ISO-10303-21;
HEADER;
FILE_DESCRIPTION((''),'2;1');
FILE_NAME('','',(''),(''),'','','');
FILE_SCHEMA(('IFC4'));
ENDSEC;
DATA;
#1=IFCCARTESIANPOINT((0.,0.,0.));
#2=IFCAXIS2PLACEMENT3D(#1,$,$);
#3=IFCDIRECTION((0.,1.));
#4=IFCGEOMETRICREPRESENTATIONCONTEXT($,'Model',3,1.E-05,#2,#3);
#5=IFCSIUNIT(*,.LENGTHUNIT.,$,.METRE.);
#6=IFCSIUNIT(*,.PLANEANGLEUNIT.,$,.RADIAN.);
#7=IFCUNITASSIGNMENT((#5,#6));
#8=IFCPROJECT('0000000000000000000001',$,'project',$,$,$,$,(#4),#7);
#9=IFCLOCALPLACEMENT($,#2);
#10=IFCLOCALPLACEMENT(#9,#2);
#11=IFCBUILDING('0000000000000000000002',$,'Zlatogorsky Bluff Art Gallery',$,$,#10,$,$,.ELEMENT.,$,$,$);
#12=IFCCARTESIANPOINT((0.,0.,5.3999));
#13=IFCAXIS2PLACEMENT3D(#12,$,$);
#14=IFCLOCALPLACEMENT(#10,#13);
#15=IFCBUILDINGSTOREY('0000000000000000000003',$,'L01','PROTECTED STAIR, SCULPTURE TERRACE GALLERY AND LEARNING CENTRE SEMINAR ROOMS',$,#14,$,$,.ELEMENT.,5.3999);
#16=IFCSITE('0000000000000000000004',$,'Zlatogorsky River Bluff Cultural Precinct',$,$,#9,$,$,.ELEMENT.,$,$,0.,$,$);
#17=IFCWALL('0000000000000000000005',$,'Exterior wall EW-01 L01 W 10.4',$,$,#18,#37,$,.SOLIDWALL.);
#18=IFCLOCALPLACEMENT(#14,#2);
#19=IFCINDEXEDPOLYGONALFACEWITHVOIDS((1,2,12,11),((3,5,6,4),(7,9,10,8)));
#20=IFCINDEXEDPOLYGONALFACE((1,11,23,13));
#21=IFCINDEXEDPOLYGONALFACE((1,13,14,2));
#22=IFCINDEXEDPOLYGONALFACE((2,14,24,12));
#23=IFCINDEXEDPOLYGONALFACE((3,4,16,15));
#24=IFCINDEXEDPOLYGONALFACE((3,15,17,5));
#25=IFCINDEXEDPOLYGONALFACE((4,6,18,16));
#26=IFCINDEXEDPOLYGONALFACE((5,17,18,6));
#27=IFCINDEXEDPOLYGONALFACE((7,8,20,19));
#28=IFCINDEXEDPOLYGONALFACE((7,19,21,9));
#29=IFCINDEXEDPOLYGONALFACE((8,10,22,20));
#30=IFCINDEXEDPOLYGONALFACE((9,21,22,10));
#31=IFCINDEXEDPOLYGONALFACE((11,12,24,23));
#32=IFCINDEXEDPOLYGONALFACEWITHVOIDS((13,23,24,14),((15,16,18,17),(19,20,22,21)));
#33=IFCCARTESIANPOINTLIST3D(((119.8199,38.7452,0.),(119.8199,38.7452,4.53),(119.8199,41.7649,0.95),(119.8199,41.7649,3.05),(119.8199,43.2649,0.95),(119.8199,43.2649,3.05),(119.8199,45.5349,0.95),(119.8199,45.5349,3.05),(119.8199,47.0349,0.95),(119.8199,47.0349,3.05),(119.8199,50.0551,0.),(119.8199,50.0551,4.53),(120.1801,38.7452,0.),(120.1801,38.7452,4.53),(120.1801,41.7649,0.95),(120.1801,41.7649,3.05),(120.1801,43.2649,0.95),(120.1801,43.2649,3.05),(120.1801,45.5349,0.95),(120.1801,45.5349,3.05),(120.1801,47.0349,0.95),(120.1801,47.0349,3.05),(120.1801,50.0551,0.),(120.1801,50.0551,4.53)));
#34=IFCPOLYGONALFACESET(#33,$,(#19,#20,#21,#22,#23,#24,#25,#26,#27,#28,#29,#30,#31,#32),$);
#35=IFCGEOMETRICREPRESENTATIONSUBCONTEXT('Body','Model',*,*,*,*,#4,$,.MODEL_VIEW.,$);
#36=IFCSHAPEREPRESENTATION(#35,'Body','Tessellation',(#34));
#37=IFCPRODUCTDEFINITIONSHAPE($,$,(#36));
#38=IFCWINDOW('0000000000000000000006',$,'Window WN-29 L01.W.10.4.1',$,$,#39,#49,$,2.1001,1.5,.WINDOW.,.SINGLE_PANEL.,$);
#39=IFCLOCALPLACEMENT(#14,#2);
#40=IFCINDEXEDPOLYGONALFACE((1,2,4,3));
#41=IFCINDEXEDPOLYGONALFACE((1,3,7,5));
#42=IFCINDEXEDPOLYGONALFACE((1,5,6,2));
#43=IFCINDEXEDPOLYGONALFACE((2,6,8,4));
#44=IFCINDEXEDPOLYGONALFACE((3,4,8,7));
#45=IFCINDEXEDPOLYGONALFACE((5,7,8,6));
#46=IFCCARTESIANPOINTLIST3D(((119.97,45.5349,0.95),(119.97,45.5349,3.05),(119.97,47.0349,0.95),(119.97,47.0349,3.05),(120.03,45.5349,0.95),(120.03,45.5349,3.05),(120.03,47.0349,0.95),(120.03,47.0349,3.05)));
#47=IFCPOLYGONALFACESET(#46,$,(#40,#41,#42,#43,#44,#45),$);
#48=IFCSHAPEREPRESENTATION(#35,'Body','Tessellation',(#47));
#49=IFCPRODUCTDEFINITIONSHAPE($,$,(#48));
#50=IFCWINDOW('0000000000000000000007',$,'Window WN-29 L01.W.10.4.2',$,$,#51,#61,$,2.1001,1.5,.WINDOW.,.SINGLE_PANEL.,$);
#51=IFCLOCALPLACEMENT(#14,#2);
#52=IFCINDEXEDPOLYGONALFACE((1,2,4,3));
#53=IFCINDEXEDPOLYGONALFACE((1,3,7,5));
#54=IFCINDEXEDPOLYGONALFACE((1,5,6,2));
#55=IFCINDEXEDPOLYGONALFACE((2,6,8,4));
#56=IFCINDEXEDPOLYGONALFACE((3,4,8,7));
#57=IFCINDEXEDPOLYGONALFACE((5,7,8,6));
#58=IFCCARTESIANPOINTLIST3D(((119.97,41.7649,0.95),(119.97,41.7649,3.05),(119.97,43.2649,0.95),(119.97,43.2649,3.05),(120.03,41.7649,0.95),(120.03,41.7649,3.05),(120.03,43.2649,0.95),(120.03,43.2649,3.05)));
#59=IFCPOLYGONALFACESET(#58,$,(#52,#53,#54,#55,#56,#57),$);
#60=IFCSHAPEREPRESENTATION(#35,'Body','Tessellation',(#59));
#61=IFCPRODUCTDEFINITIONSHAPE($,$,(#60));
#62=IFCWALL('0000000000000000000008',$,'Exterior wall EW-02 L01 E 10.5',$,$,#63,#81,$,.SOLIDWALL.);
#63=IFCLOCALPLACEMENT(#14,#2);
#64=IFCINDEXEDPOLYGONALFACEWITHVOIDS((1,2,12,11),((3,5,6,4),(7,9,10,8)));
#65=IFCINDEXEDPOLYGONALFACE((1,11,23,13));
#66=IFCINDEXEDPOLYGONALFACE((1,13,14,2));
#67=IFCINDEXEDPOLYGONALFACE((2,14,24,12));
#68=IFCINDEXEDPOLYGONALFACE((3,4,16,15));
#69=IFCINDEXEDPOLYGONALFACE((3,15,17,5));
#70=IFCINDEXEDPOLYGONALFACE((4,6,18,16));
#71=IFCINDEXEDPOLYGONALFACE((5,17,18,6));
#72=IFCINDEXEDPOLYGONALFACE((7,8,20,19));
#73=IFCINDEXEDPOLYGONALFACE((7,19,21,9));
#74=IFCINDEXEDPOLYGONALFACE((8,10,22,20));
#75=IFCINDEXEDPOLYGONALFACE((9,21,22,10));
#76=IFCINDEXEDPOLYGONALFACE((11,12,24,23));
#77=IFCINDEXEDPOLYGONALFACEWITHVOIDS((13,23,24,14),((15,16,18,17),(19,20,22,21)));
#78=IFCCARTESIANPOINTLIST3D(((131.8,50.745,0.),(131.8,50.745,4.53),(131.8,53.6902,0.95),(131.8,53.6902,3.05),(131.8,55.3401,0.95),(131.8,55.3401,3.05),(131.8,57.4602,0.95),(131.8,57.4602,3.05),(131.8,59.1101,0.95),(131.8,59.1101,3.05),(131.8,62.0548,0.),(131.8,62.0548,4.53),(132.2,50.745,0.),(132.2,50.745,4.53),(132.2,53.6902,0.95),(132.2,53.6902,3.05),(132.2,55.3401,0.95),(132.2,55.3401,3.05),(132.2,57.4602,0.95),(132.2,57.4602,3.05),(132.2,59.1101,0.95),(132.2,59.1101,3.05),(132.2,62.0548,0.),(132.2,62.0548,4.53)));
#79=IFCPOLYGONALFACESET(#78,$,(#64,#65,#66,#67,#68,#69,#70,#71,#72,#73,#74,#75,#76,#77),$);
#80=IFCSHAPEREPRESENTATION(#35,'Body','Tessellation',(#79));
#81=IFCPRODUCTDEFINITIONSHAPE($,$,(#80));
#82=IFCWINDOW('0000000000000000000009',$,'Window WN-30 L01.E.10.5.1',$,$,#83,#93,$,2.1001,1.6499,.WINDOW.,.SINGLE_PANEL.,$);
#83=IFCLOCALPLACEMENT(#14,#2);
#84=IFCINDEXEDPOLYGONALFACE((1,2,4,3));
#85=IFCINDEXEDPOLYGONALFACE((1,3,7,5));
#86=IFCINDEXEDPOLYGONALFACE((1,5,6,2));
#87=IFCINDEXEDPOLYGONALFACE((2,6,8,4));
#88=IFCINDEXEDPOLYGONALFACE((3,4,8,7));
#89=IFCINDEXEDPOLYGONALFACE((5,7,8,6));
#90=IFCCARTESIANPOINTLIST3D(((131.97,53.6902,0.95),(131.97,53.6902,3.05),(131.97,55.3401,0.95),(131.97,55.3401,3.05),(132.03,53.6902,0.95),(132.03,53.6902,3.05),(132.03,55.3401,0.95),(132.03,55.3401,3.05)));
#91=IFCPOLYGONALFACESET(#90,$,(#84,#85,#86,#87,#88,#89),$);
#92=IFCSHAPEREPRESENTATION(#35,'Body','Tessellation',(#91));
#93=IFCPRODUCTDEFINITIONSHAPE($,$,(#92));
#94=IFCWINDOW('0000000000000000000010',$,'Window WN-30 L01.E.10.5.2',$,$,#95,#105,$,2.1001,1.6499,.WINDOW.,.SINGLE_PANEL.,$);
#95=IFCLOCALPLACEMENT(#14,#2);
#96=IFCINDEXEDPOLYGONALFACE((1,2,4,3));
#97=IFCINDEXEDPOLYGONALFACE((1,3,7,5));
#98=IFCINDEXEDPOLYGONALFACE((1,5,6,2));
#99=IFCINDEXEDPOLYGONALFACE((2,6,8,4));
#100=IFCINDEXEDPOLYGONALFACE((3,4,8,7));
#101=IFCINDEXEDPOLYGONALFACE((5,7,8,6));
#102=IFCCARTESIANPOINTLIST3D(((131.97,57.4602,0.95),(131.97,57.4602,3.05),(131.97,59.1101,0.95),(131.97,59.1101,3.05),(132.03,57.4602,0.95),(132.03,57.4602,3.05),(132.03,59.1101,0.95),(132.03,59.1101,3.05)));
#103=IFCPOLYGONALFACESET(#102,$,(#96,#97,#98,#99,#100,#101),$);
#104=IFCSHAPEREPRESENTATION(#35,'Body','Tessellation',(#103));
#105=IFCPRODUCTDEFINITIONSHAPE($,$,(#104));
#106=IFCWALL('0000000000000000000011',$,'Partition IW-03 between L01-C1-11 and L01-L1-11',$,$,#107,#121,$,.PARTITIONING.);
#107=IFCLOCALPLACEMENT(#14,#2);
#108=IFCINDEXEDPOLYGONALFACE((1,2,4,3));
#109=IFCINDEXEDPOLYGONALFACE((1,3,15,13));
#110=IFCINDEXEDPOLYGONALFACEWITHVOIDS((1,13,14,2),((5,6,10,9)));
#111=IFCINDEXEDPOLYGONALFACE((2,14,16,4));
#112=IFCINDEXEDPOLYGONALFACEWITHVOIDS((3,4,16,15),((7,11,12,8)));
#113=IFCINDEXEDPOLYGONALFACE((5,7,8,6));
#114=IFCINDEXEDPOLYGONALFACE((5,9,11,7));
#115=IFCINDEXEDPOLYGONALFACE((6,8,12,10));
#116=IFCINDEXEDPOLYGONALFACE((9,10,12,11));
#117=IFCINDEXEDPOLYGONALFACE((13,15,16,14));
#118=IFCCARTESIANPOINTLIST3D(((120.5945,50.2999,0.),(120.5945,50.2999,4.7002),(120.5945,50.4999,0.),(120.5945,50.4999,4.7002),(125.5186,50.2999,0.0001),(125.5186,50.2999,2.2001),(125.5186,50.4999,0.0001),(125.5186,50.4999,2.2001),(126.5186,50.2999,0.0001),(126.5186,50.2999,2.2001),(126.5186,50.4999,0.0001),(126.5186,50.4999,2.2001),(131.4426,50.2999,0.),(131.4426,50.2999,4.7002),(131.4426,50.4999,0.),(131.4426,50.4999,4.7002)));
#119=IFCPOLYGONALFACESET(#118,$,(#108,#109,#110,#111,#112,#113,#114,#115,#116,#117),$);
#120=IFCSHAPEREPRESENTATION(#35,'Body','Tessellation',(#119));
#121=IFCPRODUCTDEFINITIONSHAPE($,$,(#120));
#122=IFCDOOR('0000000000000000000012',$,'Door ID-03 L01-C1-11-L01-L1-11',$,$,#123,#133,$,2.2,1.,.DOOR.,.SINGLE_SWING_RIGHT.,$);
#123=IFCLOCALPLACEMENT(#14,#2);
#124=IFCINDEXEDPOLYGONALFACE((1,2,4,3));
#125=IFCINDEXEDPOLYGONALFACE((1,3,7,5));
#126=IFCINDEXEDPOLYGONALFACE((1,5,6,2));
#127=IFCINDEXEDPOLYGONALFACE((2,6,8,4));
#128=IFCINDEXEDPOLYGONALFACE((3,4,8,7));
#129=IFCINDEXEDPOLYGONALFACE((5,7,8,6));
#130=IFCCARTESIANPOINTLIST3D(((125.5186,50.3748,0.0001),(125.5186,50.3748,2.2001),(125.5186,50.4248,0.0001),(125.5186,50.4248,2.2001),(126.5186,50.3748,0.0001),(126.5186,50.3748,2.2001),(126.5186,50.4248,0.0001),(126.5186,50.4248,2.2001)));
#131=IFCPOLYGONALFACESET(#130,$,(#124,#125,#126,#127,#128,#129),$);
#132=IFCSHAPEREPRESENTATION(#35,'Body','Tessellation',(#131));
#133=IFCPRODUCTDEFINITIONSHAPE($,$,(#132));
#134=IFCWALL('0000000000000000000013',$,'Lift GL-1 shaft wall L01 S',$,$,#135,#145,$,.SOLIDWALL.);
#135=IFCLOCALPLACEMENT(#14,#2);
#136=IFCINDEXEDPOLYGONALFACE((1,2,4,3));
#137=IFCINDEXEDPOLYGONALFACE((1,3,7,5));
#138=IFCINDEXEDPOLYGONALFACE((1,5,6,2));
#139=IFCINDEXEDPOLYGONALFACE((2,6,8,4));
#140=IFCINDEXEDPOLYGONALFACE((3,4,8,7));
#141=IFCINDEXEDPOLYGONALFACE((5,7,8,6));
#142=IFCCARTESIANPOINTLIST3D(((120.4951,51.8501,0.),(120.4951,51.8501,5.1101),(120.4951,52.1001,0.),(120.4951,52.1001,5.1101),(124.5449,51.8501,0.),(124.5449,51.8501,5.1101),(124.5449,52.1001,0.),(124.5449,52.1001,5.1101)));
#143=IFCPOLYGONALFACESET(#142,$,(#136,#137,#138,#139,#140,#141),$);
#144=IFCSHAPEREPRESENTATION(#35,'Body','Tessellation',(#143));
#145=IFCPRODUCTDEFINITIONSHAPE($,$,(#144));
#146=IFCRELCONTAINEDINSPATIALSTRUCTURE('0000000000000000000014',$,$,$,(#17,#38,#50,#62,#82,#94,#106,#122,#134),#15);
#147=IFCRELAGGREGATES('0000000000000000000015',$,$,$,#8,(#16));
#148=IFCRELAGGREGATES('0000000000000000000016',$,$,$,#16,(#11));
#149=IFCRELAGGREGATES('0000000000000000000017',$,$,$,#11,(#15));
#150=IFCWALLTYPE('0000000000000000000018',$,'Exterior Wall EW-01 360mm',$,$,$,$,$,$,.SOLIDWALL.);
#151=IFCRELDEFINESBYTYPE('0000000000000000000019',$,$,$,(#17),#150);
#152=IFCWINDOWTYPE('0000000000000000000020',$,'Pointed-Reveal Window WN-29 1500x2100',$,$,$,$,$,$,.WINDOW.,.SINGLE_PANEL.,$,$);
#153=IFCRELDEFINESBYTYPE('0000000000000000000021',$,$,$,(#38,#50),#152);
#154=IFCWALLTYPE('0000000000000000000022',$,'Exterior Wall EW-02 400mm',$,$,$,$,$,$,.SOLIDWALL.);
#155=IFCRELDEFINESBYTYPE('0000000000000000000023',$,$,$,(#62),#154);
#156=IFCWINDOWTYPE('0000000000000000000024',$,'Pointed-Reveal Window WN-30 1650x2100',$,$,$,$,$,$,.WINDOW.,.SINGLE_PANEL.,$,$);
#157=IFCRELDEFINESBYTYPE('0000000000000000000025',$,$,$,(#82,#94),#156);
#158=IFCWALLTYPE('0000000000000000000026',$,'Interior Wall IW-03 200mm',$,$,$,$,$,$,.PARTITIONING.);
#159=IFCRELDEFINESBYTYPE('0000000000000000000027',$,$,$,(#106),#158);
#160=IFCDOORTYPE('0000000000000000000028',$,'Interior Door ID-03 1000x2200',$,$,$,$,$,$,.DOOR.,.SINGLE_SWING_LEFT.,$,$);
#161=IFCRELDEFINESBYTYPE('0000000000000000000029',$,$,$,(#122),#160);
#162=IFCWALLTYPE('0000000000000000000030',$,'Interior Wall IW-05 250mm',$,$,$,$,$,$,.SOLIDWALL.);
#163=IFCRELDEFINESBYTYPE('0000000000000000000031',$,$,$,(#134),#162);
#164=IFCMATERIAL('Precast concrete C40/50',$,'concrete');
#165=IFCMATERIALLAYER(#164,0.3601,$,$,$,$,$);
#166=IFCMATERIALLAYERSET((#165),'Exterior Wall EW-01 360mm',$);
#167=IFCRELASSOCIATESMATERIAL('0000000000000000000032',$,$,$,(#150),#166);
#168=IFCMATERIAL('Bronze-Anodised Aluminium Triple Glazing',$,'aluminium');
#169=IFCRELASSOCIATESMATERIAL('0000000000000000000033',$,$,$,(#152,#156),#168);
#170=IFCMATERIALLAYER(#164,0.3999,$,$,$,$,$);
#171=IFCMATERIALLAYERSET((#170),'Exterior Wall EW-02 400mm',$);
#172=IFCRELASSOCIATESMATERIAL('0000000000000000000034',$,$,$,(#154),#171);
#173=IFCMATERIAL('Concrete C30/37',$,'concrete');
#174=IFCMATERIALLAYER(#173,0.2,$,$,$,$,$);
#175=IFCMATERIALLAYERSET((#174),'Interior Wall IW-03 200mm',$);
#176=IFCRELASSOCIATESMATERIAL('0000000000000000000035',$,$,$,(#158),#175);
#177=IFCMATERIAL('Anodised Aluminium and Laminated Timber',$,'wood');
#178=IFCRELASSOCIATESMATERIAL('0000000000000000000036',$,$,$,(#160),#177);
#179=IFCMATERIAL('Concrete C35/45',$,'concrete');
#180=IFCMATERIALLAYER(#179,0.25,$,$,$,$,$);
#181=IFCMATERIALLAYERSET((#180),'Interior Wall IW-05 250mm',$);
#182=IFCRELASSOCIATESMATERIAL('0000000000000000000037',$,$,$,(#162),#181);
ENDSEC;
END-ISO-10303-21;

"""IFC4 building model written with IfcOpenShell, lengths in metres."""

from ifc_helpers import new_model, si_unit, direction, frame, frame_2d, origin, place, context, subcontext, project, spatial, rectangle, extrude, material, layer, layer_set, type_object, element, fill, save


model = new_model("IFC4")

# Units and contexts
model_context = context("Model", 3, precision=1e-05, world=origin(), true_north=direction((0.0, 1.0)))
body_context = subcontext(model_context, "Body", "Model", "MODEL_VIEW")
ifc_project = project(units=[si_unit("LENGTHUNIT", "METRE"), si_unit("PLANEANGLEUNIT", "RADIAN")], contexts=[model_context])

# Site, building, storey
site_placement = place(None, origin())
site = spatial("IfcSite", under=ifc_project, at=site_placement, Name="Zlatogorsky River Bluff Cultural Precinct", CompositionType="ELEMENT", RefElevation=0.0)
building_placement = place(site_placement, origin())
building = spatial("IfcBuilding", under=site, at=building_placement, Name="Zlatogorsky Bluff Art Gallery", CompositionType="ELEMENT")
storey_placement = place(building_placement, frame((0.0, 0.0, 5.3999)))
storey = spatial("IfcBuildingStorey", under=building, at=storey_placement, Name="L01", Description="PROTECTED STAIR, SCULPTURE TERRACE GALLERY AND LEARNING CENTRE SEMINAR ROOMS", CompositionType="ELEMENT", Elevation=5.3999)

# Shared definitions
ifc_material_1 = material(Name="Concrete C35/45", Category="concrete")

# Walls, openings, windows
ifc_material_2 = material(Name="Precast concrete C40/50", Category="concrete")
ifc_layer_1 = layer(ifc_material_2, 0.3601)
ifc_layer_set_1 = layer_set([ifc_layer_1], Name="Exterior Wall EW-01 360mm")
wall_type_1 = type_object("IfcWallType", Name="Exterior Wall EW-01 360mm", PredefinedType="SOLIDWALL", material=ifc_layer_set_1)
wall_1_placement = place(storey_placement, frame((120.0, 50.0549, 0.0), z_axis=(0.0, 0.0, 1.0), x_axis=(0.0, -1.0, 0.0)))
wall_1 = element("IfcWall", 1, at=wall_1_placement, inside=storey, type_object=wall_type_1, Name="Exterior wall EW-01 L01 W 10.4", PredefinedType="SOLIDWALL", context=body_context, shape_type="SweptSolid", body=[
    extrude(rectangle(XDim=11.3098, YDim=0.3601, at=frame_2d((5.6548, 0.0))), origin(), (0.0, 0.0, 1.0), 4.53),
])
opening_1_placement = place(wall_1_placement, frame((3.02, 0.0, 0.95)))
opening_1 = element("IfcOpeningElement", 2, at=opening_1_placement, cuts=wall_1, PredefinedType="OPENING", context=body_context, shape_type="SweptSolid", body=[
    extrude(rectangle(XDim=1.5, YDim=2.1001, at=frame_2d((0.75, 1.05))), frame((0.0, 0.1899, 0.0), z_axis=(0.0, -1.0, 0.0), x_axis=(1.0, 0.0, 0.0)), (0.0, 0.0, 1.0), 0.3801),
])
opening_2_placement = place(wall_1_placement, frame((6.79, 0.0, 0.95)))
opening_2 = element("IfcOpeningElement", 3, at=opening_2_placement, cuts=wall_1, PredefinedType="OPENING", context=body_context, shape_type="SweptSolid", body=[
    extrude(rectangle(XDim=1.5, YDim=2.1001, at=frame_2d((0.75, 1.05))), frame((0.0, 0.1899, 0.0), z_axis=(0.0, -1.0, 0.0), x_axis=(1.0, 0.0, 0.0)), (0.0, 0.0, 1.0), 0.3801),
])
ifc_material_3 = material(Name="Bronze-Anodised Aluminium Triple Glazing", Category="aluminium")
window_type_1 = type_object("IfcWindowType", Name="Pointed-Reveal Window WN-29 1500x2100", PartitioningType="SINGLE_PANEL", PredefinedType="WINDOW", material=ifc_material_3)
window_1_placement = place(opening_1_placement, origin())
window_1 = element("IfcWindow", 4, at=window_1_placement, inside=storey, type_object=window_type_1, Name="Window WN-29 L01.W.10.4.1", OverallHeight=2.1001, OverallWidth=1.5, PartitioningType="SINGLE_PANEL", PredefinedType="WINDOW", context=body_context, shape_type="SweptSolid", body=[
    extrude(rectangle(XDim=1.5, YDim=2.1001, at=frame_2d((0.75, 1.05))), frame((0.0, 0.03, 0.0), z_axis=(0.0, -1.0, 0.0), x_axis=(1.0, 0.0, 0.0)), (0.0, 0.0, 1.0), 0.0601),
])
fill(opening_1, window_1)
window_2_placement = place(opening_2_placement, origin())
window_2 = element("IfcWindow", 5, at=window_2_placement, inside=storey, type_object=window_type_1, Name="Window WN-29 L01.W.10.4.2", OverallHeight=2.1001, OverallWidth=1.5, PartitioningType="SINGLE_PANEL", PredefinedType="WINDOW", context=body_context, shape_type="SweptSolid", body=[
    extrude(rectangle(XDim=1.5, YDim=2.1001, at=frame_2d((0.75, 1.05))), frame((0.0, 0.03, 0.0), z_axis=(0.0, -1.0, 0.0), x_axis=(1.0, 0.0, 0.0)), (0.0, 0.0, 1.0), 0.0601),
])
fill(opening_2, window_2)
ifc_layer_2 = layer(ifc_material_2, 0.3999)
ifc_layer_set_2 = layer_set([ifc_layer_2], Name="Exterior Wall EW-02 400mm")
wall_type_2 = type_object("IfcWallType", Name="Exterior Wall EW-02 400mm", PredefinedType="SOLIDWALL", material=ifc_layer_set_2)
wall_2_placement = place(storey_placement, frame((132.0, 50.7451, 0.0), z_axis=(0.0, 0.0, 1.0), x_axis=(0.0, 1.0, 0.0)))
wall_2 = element("IfcWall", 6, at=wall_2_placement, inside=storey, type_object=wall_type_2, Name="Exterior wall EW-02 L01 E 10.5", PredefinedType="SOLIDWALL", context=body_context, shape_type="SweptSolid", body=[
    extrude(rectangle(XDim=11.3098, YDim=0.3999, at=frame_2d((5.6548, 0.0))), origin(), (0.0, 0.0, 1.0), 4.53),
])
opening_3_placement = place(wall_2_placement, frame((2.9451, 0.0, 0.95)))
opening_3 = element("IfcOpeningElement", 7, at=opening_3_placement, cuts=wall_2, PredefinedType="OPENING", context=body_context, shape_type="SweptSolid", body=[
    extrude(rectangle(XDim=1.6499, YDim=2.1001, at=frame_2d((0.825, 1.05))), frame((0.0, 0.21, 0.0), z_axis=(0.0, -1.0, 0.0), x_axis=(1.0, 0.0, 0.0)), (0.0, 0.0, 1.0), 0.4199),
])
opening_4_placement = place(wall_2_placement, frame((6.7151, 0.0, 0.95)))
opening_4 = element("IfcOpeningElement", 8, at=opening_4_placement, cuts=wall_2, PredefinedType="OPENING", context=body_context, shape_type="SweptSolid", body=[
    extrude(rectangle(XDim=1.6499, YDim=2.1001, at=frame_2d((0.825, 1.05))), frame((0.0, 0.21, 0.0), z_axis=(0.0, -1.0, 0.0), x_axis=(1.0, 0.0, 0.0)), (0.0, 0.0, 1.0), 0.4199),
])
window_type_2 = type_object("IfcWindowType", Name="Pointed-Reveal Window WN-30 1650x2100", PartitioningType="SINGLE_PANEL", PredefinedType="WINDOW", material=ifc_material_3)
window_3_placement = place(opening_3_placement, origin())
window_3 = element("IfcWindow", 9, at=window_3_placement, inside=storey, type_object=window_type_2, Name="Window WN-30 L01.E.10.5.1", OverallHeight=2.1001, OverallWidth=1.6499, PartitioningType="SINGLE_PANEL", PredefinedType="WINDOW", context=body_context, shape_type="SweptSolid", body=[
    extrude(rectangle(XDim=1.6499, YDim=2.1001, at=frame_2d((0.825, 1.05))), frame((0.0, 0.03, 0.0), z_axis=(0.0, -1.0, 0.0), x_axis=(1.0, 0.0, 0.0)), (0.0, 0.0, 1.0), 0.0601),
])
fill(opening_3, window_3)
window_4_placement = place(opening_4_placement, origin())
window_4 = element("IfcWindow", 10, at=window_4_placement, inside=storey, type_object=window_type_2, Name="Window WN-30 L01.E.10.5.2", OverallHeight=2.1001, OverallWidth=1.6499, PartitioningType="SINGLE_PANEL", PredefinedType="WINDOW", context=body_context, shape_type="SweptSolid", body=[
    extrude(rectangle(XDim=1.6499, YDim=2.1001, at=frame_2d((0.825, 1.05))), frame((0.0, 0.03, 0.0), z_axis=(0.0, -1.0, 0.0), x_axis=(1.0, 0.0, 0.0)), (0.0, 0.0, 1.0), 0.0601),
])
fill(opening_4, window_4)

# Wall, opening, door
ifc_material_4 = material(Name="Concrete C30/37", Category="concrete")
ifc_layer_3 = layer(ifc_material_4, 0.2)
ifc_layer_set_3 = layer_set([ifc_layer_3], Name="Interior Wall IW-03 200mm")
wall_type_3 = type_object("IfcWallType", Name="Interior Wall IW-03 200mm", PredefinedType="PARTITIONING", material=ifc_layer_set_3)
wall_3_placement = place(storey_placement, frame((120.5945, 50.3999, 0.0), z_axis=(0.0, 0.0, 1.0), x_axis=(1.0, 0.0, 0.0)))
wall_3 = element("IfcWall", 11, at=wall_3_placement, inside=storey, type_object=wall_type_3, Name="Partition IW-03 between L01-C1-11 and L01-L1-11", PredefinedType="PARTITIONING", context=body_context, shape_type="SweptSolid", body=[
    extrude(rectangle(XDim=10.8481, YDim=0.2, at=frame_2d((5.4241, 0.0))), origin(), (0.0, 0.0, 1.0), 4.7002),
])
opening_5_placement = place(wall_3_placement, frame((4.9241, 0.0, 0.0)))
opening_5 = element("IfcOpeningElement", 12, at=opening_5_placement, cuts=wall_3, PredefinedType="OPENING", context=body_context, shape_type="SweptSolid", body=[
    extrude(rectangle(XDim=1.0, YDim=2.2, at=frame_2d((0.5, 1.1001))), frame((0.0, 0.1099, 0.0), z_axis=(0.0, -1.0, 0.0), x_axis=(1.0, 0.0, 0.0)), (0.0, 0.0, 1.0), 0.22),
])
ifc_material_5 = material(Name="Anodised Aluminium and Laminated Timber", Category="wood")
door_type_1 = type_object("IfcDoorType", Name="Interior Door ID-03 1000x2200", OperationType="SINGLE_SWING_LEFT", PredefinedType="DOOR", material=ifc_material_5)
door_1_placement = place(opening_5_placement, origin())
door_1 = element("IfcDoor", 13, at=door_1_placement, inside=storey, type_object=door_type_1, Name="Door ID-03 L01-C1-11-L01-L1-11", OperationType="SINGLE_SWING_RIGHT", OverallHeight=2.2, OverallWidth=1.0, PredefinedType="DOOR", context=body_context, shape_type="SweptSolid", body=[
    extrude(rectangle(XDim=1.0, YDim=2.2, at=frame_2d((0.5, 1.1001))), frame((0.0, 0.0249, 0.0), z_axis=(0.0, -1.0, 0.0), x_axis=(1.0, 0.0, 0.0)), (0.0, 0.0, 1.0), 0.05),
])
fill(opening_5, door_1)

# Wall
ifc_layer_4 = layer(ifc_material_1, 0.25)
ifc_layer_set_4 = layer_set([ifc_layer_4], Name="Interior Wall IW-05 250mm")
wall_type_4 = type_object("IfcWallType", Name="Interior Wall IW-05 250mm", PredefinedType="SOLIDWALL", material=ifc_layer_set_4)
wall_4_placement = place(storey_placement, frame((120.4951, 51.9751, 0.0), z_axis=(0.0, 0.0, 1.0), x_axis=(1.0, 0.0, 0.0)))
element("IfcWall", 14, at=wall_4_placement, inside=storey, type_object=wall_type_4, Name="Lift GL-1 shaft wall L01 S", PredefinedType="SOLIDWALL", context=body_context, shape_type="SweptSolid", body=[
    extrude(rectangle(XDim=4.0498, YDim=0.25, at=frame_2d((2.0249, 0.0))), origin(), (0.0, 0.0, 1.0), 5.1101),
])

save(model, "model.ifc")
